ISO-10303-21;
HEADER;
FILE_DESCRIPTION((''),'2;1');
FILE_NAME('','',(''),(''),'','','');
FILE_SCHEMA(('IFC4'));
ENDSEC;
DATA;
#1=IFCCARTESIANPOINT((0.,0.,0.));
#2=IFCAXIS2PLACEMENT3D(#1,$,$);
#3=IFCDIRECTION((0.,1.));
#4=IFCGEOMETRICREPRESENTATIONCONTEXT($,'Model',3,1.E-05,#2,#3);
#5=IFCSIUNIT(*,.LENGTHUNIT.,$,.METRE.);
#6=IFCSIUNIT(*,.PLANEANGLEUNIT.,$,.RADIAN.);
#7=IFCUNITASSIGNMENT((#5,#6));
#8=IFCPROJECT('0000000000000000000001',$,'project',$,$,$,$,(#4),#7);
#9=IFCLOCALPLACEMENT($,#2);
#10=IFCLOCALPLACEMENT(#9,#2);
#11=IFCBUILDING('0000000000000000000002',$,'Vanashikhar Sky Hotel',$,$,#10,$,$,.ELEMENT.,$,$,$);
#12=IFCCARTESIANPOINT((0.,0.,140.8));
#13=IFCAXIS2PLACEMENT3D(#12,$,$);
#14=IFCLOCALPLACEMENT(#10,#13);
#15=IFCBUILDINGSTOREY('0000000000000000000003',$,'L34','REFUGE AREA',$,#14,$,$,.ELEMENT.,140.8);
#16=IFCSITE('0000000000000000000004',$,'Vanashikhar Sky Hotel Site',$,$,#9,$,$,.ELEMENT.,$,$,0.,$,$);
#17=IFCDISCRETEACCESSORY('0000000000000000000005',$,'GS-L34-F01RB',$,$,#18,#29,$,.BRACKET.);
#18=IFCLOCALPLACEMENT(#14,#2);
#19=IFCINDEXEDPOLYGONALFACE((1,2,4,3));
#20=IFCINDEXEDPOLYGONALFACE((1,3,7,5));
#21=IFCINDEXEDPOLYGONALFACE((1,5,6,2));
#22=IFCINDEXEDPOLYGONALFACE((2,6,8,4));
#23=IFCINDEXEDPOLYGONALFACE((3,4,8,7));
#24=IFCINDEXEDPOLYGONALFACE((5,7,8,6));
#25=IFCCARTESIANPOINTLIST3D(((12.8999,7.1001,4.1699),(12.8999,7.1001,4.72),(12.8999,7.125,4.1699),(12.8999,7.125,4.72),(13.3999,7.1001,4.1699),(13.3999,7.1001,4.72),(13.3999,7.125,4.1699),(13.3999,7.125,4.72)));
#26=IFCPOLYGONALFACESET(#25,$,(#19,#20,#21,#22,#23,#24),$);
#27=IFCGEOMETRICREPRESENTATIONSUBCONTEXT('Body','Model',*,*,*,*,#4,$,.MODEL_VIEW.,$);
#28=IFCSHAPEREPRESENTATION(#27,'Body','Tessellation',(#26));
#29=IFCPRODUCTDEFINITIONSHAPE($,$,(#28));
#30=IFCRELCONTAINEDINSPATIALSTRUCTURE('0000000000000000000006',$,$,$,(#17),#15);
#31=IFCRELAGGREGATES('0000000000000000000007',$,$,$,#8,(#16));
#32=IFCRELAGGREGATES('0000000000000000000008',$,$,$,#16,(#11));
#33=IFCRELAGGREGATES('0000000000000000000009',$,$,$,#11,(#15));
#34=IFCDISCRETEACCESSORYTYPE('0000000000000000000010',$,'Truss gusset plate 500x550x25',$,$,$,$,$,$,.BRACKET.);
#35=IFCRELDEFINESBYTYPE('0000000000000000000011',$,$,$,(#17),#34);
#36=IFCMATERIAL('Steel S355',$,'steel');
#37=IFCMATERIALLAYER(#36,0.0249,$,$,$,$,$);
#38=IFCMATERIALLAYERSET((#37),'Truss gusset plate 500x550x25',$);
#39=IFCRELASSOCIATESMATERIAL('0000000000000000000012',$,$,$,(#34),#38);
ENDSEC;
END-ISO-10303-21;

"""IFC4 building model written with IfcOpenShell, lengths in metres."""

from ifc_helpers import new_model, si_unit, direction, frame, origin, origin_2d, place, context, subcontext, project, spatial, rectangle, extrude, source, transform, mapped, material, layer, layer_set, type_object, element, save


model = new_model("IFC4")

# Units and contexts
model_context = context("Model", 3, precision=1e-05, world=origin(), true_north=direction((0.0, 1.0)))
body_context = subcontext(model_context, "Body", "Model", "MODEL_VIEW")
ifc_project = project(units=[si_unit("LENGTHUNIT", "METRE"), si_unit("PLANEANGLEUNIT", "RADIAN")], contexts=[model_context])

# Site, building, storey
site_placement = place(None, origin())
site = spatial("IfcSite", under=ifc_project, at=site_placement, Name="Vanashikhar Sky Hotel Site", CompositionType="ELEMENT", RefElevation=0.0)
building_placement = place(site_placement, origin())
building = spatial("IfcBuilding", under=site, at=building_placement, Name="Vanashikhar Sky Hotel", CompositionType="ELEMENT")
storey_placement = place(building_placement, frame((0.0, 0.0, 140.8)))
storey = spatial("IfcBuildingStorey", under=building, at=storey_placement, Name="L34", Description="REFUGE AREA", CompositionType="ELEMENT", Elevation=140.8)

# Shared definitions
ifc_material_1 = material(Name="Steel S355", Category="steel")

# Discrete accessory
ifc_layer_1 = layer(ifc_material_1, 0.0249)
ifc_layer_set_1 = layer_set([ifc_layer_1], Name="Truss gusset plate 500x550x25")
discrete_accessory_type = type_object("IfcDiscreteAccessoryType", Name="Truss gusset plate 500x550x25", PredefinedType="BRACKET", material=ifc_layer_set_1)
shared_shape_1 = source(origin(), body_context, "Body", "SweptSolid", [
    extrude(rectangle(XDim=0.5, YDim=0.0249, at=origin_2d()), origin(), (0.0, 0.0, 1.0), 0.55),
])
for number, where, z_axis, x_axis, name in (
    (1, (13.1499, 7.1125, 4.1699), (0.0, 0.0, 1.0), (1.0, 0.0, 0.0), "GS-L34-F01RB"),
):
    element("IfcDiscreteAccessory", number, at=place(storey_placement, frame(where, z_axis=z_axis, x_axis=x_axis)), inside=storey, type_object=discrete_accessory_type, Name=name, PredefinedType="BRACKET", context=body_context, shape_type="MappedRepresentation", body=[
        mapped(shared_shape_1, transform((0.0, 0.0, 0.0), scale=1.0)),
    ])

save(model, "model.ifc")
